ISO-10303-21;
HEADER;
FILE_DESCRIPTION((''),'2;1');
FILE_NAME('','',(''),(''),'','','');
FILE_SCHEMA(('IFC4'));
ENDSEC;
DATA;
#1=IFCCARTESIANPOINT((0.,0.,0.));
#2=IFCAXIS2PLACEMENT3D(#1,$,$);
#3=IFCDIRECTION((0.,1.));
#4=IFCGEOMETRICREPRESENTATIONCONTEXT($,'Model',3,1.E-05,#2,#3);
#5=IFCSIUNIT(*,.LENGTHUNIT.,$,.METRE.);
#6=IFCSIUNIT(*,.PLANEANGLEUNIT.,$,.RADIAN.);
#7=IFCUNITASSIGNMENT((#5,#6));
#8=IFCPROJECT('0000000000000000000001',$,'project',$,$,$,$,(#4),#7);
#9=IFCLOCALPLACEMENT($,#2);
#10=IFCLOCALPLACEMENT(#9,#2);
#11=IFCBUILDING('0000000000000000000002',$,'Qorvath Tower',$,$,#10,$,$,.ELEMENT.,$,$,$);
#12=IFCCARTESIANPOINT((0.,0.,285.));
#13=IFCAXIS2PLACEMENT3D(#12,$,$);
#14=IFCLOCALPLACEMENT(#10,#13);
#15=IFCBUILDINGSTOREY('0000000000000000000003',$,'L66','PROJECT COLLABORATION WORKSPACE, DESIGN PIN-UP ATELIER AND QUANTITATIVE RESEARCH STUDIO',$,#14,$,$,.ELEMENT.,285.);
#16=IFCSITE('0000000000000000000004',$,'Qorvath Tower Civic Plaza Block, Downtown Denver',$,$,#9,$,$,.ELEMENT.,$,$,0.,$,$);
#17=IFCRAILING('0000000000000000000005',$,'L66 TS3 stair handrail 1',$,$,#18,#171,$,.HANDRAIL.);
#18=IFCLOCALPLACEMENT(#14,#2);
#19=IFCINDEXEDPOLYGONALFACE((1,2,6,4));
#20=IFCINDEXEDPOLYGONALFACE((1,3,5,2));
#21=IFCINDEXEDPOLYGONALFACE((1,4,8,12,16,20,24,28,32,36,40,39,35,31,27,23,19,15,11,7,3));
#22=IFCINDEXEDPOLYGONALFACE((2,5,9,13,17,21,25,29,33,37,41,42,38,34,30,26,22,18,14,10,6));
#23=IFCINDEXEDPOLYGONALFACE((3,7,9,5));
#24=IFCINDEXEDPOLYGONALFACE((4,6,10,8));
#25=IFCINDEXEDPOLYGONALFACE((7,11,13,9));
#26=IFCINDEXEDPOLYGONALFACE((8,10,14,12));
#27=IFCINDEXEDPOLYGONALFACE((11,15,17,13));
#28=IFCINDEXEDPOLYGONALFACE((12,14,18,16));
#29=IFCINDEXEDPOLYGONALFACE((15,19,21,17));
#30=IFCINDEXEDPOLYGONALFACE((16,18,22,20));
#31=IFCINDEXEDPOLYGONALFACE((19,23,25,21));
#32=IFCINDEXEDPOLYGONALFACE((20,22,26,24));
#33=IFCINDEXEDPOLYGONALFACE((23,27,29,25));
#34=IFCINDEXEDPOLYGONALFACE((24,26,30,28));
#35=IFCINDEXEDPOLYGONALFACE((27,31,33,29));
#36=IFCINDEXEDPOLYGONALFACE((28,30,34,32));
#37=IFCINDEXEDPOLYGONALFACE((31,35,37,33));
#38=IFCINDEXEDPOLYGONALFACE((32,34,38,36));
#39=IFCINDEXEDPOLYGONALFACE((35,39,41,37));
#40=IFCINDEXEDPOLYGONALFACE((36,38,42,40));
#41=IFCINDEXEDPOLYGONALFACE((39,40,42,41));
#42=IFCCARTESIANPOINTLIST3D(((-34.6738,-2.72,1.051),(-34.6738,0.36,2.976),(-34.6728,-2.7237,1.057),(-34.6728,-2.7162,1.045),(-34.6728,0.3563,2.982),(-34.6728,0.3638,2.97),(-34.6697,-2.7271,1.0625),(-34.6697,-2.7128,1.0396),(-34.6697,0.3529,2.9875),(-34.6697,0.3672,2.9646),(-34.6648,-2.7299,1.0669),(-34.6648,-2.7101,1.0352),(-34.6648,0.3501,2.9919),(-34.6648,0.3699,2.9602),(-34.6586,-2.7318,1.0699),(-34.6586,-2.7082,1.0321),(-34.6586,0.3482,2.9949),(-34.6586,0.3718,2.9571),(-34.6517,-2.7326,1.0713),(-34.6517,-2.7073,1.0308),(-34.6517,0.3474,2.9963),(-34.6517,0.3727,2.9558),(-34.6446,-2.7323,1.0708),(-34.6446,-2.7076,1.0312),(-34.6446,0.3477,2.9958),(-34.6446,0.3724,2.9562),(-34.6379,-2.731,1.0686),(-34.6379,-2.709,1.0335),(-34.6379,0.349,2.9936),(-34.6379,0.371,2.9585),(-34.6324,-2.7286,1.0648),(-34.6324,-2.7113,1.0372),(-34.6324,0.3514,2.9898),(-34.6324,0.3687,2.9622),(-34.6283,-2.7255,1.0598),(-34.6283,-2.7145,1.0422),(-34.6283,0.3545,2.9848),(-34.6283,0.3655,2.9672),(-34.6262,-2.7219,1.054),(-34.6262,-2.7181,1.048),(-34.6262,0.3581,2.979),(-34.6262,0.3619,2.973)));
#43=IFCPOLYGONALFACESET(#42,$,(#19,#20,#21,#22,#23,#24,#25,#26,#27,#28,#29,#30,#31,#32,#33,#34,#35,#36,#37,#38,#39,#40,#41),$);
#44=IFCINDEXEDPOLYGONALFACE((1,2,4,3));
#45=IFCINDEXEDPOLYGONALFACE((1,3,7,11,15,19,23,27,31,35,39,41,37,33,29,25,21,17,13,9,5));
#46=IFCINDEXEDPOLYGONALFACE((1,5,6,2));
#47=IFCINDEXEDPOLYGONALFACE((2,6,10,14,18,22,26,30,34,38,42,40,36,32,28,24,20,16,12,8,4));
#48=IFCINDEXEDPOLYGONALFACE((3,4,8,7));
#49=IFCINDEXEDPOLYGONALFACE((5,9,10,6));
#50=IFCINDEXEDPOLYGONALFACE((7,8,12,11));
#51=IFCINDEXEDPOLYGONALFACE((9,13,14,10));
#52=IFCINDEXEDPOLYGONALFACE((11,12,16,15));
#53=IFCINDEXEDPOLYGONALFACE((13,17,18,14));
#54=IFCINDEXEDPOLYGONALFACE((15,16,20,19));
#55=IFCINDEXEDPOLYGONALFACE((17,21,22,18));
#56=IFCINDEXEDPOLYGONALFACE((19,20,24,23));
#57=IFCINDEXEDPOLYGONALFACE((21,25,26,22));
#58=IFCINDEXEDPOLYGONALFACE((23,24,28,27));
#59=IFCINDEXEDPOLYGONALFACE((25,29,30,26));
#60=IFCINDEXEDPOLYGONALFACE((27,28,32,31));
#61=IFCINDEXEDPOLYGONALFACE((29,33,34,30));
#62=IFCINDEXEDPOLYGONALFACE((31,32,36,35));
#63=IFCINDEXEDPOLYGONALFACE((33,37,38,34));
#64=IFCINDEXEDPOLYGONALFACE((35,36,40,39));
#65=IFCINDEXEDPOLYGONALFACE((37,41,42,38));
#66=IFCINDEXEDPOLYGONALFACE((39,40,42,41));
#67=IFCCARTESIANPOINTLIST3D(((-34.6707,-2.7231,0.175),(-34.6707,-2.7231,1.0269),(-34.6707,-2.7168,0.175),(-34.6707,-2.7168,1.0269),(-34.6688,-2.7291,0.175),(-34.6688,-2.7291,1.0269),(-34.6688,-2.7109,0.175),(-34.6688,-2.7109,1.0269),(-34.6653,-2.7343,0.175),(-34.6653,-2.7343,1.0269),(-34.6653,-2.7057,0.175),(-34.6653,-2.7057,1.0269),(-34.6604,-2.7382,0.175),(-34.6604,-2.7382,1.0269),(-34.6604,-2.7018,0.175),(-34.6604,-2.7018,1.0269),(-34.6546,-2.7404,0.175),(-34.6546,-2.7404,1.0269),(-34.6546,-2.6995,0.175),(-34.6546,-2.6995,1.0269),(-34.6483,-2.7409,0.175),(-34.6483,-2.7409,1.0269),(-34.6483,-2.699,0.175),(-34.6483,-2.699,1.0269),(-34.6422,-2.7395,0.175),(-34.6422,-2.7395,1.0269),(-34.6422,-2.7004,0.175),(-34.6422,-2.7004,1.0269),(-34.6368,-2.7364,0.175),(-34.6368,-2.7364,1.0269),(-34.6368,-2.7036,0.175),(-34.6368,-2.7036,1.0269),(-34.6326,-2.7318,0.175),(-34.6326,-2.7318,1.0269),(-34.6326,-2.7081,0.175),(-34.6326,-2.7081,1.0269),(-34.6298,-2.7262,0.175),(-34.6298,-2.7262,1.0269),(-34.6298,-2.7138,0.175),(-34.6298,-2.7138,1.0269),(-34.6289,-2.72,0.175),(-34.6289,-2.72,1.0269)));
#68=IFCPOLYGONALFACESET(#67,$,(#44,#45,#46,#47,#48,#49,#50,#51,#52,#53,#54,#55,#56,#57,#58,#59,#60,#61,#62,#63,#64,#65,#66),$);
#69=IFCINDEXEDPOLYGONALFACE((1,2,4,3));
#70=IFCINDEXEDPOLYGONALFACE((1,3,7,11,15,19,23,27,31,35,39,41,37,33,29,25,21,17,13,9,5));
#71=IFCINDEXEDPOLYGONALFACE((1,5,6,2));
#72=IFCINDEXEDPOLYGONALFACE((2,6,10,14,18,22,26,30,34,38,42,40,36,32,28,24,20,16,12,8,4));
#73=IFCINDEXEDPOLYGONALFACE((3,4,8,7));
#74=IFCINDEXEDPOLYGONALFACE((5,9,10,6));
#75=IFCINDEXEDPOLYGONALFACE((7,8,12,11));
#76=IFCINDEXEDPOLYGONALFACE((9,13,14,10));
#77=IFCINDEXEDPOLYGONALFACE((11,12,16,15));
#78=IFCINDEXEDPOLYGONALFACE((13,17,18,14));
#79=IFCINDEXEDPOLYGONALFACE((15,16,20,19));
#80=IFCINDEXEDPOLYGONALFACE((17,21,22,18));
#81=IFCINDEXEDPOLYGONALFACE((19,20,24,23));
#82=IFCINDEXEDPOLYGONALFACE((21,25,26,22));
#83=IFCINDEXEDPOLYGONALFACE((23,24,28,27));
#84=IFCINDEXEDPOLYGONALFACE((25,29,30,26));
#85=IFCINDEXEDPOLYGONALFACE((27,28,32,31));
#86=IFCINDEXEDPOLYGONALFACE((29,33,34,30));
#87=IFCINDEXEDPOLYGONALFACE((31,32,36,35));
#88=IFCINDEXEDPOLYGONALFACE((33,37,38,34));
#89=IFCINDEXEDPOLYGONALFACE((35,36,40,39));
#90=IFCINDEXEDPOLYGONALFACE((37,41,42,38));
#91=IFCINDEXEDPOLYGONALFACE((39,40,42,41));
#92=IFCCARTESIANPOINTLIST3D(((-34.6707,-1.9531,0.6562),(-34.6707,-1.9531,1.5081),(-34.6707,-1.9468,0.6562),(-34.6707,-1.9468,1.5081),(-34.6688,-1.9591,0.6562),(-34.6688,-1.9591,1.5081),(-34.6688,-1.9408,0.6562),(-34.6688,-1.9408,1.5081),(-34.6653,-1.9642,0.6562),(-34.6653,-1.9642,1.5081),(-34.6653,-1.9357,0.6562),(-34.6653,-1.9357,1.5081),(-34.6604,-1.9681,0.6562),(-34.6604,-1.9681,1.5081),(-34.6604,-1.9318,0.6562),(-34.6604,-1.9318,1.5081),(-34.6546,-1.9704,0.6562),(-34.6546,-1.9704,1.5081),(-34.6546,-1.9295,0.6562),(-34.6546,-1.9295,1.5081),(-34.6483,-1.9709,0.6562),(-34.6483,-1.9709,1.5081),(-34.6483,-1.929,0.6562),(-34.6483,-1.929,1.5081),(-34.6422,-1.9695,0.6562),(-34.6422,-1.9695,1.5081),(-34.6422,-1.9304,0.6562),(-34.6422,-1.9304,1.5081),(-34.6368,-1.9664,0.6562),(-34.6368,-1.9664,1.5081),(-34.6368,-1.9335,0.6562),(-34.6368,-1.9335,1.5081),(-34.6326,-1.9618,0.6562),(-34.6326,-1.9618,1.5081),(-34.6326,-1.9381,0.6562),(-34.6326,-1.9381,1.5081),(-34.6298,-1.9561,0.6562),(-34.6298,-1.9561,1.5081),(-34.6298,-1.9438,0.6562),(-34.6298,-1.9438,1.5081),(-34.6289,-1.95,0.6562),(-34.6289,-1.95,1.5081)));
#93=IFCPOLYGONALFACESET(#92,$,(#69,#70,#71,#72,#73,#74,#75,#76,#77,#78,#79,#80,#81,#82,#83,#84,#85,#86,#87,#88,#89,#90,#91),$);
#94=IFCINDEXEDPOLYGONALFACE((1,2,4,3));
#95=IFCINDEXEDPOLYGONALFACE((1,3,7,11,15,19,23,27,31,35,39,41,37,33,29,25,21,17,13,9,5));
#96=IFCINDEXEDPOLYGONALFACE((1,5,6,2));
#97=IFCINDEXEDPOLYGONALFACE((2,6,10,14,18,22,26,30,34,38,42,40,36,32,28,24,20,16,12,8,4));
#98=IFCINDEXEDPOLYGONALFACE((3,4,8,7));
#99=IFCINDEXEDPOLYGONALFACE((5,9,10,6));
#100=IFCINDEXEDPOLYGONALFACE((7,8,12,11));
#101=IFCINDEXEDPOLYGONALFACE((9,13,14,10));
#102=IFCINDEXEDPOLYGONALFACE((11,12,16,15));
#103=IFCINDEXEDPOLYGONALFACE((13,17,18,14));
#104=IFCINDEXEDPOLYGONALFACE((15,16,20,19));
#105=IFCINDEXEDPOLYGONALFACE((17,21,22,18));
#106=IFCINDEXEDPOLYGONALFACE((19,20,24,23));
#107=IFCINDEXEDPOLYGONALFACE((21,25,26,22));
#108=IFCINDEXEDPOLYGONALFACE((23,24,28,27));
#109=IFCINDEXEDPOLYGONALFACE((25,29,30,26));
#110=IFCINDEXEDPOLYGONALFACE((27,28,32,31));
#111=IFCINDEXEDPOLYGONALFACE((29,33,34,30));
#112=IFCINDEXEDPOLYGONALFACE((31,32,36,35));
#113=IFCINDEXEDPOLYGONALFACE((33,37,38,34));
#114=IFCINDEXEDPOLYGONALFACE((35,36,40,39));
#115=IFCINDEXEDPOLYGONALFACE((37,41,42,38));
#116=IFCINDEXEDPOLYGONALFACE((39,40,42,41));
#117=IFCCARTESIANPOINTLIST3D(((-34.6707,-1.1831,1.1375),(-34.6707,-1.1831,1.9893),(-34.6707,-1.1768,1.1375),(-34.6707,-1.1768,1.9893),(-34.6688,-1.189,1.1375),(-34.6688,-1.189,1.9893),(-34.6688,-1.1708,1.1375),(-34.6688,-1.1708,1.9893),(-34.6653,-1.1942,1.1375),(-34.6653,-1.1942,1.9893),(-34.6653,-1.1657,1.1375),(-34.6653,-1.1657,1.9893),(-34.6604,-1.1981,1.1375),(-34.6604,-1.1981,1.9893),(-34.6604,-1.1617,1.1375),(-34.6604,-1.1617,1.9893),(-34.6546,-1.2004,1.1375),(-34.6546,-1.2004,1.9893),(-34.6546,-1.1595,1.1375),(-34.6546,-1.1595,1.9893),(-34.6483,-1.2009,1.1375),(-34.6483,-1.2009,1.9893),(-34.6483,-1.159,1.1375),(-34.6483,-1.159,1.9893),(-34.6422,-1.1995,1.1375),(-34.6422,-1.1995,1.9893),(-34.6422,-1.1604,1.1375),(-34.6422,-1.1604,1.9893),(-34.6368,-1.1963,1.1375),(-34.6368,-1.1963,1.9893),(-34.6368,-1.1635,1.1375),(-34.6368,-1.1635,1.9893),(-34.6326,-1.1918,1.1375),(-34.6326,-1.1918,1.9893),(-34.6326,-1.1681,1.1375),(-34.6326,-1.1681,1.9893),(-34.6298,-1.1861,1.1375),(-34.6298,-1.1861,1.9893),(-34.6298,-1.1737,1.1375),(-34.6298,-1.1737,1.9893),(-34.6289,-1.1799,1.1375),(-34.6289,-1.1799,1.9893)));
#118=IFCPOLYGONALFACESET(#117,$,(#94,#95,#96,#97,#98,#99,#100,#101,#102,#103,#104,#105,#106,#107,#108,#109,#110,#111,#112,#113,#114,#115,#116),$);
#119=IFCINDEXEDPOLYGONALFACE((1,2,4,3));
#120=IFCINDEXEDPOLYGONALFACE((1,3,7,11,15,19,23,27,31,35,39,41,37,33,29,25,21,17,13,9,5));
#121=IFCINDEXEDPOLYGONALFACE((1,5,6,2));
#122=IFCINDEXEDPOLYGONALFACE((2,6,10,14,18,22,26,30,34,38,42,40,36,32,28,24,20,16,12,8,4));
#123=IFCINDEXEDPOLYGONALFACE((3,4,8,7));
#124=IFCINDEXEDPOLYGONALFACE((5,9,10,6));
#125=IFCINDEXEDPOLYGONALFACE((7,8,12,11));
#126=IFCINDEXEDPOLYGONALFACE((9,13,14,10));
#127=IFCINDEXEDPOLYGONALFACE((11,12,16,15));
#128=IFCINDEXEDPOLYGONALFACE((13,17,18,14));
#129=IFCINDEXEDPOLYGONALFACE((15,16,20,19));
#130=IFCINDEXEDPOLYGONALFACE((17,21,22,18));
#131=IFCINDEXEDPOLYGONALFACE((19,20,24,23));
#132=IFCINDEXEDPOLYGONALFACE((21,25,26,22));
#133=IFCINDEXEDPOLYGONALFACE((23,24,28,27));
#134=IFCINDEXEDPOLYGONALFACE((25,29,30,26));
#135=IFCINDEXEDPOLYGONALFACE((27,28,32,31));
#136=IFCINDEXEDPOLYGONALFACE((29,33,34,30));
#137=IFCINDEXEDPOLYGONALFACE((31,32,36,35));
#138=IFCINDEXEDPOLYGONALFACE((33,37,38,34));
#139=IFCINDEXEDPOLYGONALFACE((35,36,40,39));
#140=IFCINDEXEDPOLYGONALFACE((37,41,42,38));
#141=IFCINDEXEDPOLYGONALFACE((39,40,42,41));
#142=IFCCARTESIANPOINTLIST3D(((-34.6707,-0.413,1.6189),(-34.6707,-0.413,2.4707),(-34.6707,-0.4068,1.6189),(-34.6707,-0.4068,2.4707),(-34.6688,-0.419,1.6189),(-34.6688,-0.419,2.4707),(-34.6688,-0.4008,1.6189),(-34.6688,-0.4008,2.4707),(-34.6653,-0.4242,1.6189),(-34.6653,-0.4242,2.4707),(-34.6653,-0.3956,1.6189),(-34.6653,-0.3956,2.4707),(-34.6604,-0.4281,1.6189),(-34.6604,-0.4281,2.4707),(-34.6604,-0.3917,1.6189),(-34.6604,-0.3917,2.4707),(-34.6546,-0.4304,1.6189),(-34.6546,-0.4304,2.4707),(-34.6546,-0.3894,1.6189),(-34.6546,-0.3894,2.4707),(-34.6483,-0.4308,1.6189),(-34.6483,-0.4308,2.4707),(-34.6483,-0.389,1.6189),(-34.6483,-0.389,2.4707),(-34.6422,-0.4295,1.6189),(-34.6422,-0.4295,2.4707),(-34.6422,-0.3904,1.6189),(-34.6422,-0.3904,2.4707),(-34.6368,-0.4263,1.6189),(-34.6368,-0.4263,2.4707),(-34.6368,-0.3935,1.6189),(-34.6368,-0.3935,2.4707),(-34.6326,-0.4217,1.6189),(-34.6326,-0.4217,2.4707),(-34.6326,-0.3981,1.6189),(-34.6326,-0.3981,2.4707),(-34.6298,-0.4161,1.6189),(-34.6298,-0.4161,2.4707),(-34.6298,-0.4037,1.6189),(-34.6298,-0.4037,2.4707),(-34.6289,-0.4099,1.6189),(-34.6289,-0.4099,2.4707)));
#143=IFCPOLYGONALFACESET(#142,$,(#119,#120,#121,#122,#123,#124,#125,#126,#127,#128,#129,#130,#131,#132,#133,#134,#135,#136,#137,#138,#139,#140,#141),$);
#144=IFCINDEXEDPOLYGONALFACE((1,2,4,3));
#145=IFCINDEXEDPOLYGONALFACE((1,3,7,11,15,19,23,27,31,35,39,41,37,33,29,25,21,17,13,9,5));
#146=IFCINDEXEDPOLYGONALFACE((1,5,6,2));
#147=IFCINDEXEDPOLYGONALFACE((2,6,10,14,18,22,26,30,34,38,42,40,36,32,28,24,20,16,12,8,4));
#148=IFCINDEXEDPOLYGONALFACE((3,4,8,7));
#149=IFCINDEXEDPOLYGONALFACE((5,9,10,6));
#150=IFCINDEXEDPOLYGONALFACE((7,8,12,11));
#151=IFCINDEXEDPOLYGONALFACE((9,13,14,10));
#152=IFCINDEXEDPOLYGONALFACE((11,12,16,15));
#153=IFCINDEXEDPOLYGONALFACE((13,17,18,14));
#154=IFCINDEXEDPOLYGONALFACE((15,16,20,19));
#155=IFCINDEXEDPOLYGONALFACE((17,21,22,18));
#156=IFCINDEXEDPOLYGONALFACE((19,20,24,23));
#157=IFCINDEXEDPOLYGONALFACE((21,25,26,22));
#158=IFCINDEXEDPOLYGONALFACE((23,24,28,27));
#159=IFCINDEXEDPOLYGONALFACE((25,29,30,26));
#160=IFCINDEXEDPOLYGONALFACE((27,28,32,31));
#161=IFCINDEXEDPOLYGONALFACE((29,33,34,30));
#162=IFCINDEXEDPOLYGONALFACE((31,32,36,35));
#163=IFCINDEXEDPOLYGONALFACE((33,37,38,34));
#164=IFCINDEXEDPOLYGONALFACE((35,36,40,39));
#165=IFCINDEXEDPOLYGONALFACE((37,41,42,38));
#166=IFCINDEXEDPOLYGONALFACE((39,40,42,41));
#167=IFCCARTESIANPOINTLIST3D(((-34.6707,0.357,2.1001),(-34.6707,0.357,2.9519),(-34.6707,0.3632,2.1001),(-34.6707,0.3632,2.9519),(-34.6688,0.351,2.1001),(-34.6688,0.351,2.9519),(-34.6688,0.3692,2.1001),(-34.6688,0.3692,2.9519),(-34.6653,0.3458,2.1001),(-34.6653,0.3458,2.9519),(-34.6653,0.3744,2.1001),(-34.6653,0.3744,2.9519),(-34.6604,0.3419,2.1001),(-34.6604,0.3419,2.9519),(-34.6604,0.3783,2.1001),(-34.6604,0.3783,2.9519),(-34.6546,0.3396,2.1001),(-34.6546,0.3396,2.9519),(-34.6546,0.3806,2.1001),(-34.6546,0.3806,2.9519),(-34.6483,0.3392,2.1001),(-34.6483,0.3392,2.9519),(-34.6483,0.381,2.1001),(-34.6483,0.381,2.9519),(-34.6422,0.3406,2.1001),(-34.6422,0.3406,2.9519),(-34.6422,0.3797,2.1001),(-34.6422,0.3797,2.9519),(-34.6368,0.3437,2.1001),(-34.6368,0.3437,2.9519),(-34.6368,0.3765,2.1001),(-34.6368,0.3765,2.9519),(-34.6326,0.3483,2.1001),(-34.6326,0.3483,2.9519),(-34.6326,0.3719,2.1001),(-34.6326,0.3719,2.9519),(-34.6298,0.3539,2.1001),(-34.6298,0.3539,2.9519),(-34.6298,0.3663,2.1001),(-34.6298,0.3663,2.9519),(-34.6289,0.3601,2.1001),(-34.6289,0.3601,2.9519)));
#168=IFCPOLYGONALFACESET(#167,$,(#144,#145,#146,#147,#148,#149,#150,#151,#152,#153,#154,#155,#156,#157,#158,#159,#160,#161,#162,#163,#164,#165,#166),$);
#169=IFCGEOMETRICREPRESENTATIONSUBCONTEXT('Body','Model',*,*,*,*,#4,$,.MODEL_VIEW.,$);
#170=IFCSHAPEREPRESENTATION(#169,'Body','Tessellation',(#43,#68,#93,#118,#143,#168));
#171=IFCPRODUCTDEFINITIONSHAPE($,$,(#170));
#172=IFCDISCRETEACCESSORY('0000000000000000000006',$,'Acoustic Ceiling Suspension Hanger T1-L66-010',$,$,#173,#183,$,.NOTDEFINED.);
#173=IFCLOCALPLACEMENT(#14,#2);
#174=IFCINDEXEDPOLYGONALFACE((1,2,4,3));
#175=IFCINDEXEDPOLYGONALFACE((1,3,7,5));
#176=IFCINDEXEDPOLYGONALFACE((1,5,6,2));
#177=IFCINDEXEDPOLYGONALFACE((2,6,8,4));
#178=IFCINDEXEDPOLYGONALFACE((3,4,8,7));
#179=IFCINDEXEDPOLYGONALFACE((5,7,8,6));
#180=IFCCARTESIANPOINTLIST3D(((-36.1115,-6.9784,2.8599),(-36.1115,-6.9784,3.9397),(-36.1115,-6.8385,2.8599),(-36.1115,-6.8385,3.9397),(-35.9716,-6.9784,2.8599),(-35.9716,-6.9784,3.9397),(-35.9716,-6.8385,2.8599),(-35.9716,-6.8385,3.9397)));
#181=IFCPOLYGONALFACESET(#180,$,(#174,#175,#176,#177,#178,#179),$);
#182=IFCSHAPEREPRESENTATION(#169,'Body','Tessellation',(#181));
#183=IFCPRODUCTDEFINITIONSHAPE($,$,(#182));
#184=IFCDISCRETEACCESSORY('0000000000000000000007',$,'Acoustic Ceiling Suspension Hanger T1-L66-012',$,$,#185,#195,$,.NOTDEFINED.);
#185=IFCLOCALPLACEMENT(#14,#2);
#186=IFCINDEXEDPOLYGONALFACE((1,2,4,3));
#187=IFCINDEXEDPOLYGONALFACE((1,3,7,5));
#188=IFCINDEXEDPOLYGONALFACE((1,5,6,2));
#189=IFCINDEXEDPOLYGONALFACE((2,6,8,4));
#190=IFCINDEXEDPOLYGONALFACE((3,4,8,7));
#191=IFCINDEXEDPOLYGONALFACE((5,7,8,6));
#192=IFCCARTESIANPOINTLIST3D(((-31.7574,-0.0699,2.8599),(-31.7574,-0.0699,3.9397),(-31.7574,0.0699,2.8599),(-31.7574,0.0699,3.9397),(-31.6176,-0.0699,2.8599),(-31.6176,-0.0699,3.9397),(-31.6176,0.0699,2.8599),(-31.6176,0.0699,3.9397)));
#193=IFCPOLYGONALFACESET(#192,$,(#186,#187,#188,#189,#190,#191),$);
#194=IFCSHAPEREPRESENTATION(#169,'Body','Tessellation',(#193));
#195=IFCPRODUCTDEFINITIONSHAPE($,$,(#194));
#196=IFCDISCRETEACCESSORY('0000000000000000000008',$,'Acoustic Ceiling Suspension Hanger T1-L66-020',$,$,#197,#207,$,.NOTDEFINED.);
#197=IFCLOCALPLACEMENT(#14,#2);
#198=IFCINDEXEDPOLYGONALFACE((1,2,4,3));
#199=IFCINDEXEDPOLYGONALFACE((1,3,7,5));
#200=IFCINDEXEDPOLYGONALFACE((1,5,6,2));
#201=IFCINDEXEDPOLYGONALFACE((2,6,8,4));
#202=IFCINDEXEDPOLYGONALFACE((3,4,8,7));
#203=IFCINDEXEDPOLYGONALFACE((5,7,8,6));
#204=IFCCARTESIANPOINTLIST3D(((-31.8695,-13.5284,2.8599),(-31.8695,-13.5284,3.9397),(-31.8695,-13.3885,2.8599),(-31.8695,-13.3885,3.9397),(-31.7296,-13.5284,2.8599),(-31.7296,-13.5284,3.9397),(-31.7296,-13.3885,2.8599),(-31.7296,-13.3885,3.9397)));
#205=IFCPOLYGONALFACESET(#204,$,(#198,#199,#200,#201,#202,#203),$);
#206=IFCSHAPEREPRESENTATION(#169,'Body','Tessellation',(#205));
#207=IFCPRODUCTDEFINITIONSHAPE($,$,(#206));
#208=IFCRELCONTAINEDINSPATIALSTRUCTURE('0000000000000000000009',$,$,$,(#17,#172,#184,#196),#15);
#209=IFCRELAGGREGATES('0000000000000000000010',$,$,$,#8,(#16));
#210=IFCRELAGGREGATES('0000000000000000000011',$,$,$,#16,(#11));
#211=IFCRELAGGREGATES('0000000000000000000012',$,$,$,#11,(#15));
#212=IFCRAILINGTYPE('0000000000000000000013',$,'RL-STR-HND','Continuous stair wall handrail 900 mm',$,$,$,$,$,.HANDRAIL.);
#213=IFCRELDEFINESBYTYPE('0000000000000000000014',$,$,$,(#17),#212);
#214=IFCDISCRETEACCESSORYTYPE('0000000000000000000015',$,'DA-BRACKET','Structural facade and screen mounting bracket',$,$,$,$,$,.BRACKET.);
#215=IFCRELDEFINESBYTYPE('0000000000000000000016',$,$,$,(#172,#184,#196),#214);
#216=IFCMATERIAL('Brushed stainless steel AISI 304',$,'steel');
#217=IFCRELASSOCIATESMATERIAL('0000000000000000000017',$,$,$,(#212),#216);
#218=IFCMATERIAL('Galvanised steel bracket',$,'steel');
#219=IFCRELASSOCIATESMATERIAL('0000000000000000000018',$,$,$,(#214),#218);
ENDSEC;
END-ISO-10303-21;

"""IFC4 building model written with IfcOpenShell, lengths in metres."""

from ifc_helpers import new_model, si_unit, direction, frame, origin, origin_2d, place, context, subcontext, project, spatial, rectangle, circle, extrude, material, type_object, element, save


model = new_model("IFC4")

# Units and contexts
model_context = context("Model", 3, precision=1e-05, world=origin(), true_north=direction((0.0, 1.0)))
body_context = subcontext(model_context, "Body", "Model", "MODEL_VIEW")
ifc_project = project(units=[si_unit("LENGTHUNIT", "METRE"), si_unit("PLANEANGLEUNIT", "RADIAN")], contexts=[model_context])

# Site, building, storey
site_placement = place(None, origin())
site = spatial("IfcSite", under=ifc_project, at=site_placement, Name="Qorvath Tower Civic Plaza Block, Downtown Denver", CompositionType="ELEMENT", RefElevation=0.0)
building_placement = place(site_placement, origin())
building = spatial("IfcBuilding", under=site, at=building_placement, Name="Qorvath Tower", CompositionType="ELEMENT")
storey_placement = place(building_placement, frame((0.0, 0.0, 285.0)))
storey = spatial("IfcBuildingStorey", under=building, at=storey_placement, Name="L66", Description="PROJECT COLLABORATION WORKSPACE, DESIGN PIN-UP ATELIER AND QUANTITATIVE RESEARCH STUDIO", CompositionType="ELEMENT", Elevation=285.0)

# Railing
ifc_material_1 = material(Name="Brushed stainless steel AISI 304", Category="steel")
railing_type_1 = type_object("IfcRailingType", Name="RL-STR-HND", Description="Continuous stair wall handrail 900 mm", PredefinedType="HANDRAIL", material=ifc_material_1)
railing_1_placement = place(storey_placement, frame((-34.6499, -2.72, 0.175)))
element("IfcRailing", 1, at=railing_1_placement, inside=storey, type_object=railing_type_1, Name="L66 TS3 stair handrail 1", PredefinedType="HANDRAIL", context=body_context, shape_type="SweptSolid", body=[
    extrude(circle(Radius=0.0239, at=origin_2d()), frame((0.0, 0.0, 0.876), z_axis=(0.0, 0.847998, 0.529999), x_axis=(-1.0, 0.0, 0.0)), (0.0, 0.0, 1.0), 3.6321),
    extrude(circle(Radius=0.021, at=origin_2d()), origin(), (0.0, 0.0, 1.0), 0.8518),
    extrude(circle(Radius=0.021, at=origin_2d()), frame((0.0, 0.77, 0.4812)), (0.0, 0.0, 1.0), 0.8518),
    extrude(circle(Radius=0.021, at=origin_2d()), frame((0.0, 1.54, 0.9624)), (0.0, 0.0, 1.0), 0.8518),
    extrude(circle(Radius=0.021, at=origin_2d()), frame((0.0, 2.3101, 1.4438)), (0.0, 0.0, 1.0), 0.8518),
    extrude(circle(Radius=0.021, at=origin_2d()), frame((0.0, 3.0801, 1.925)), (0.0, 0.0, 1.0), 0.8518),
])

# Discrete accessories
ifc_material_2 = material(Name="Galvanised steel bracket", Category="steel")
discrete_accessory_type = type_object("IfcDiscreteAccessoryType", Name="DA-BRACKET", Description="Structural facade and screen mounting bracket", PredefinedType="BRACKET", material=ifc_material_2)
for number, where, z_axis, x_axis, name in (
    (2, (-36.0415, -6.9084, 2.8599), (0.0, 0.0, 1.0), (1.0, 0.0, 0.0), "Acoustic Ceiling Suspension Hanger T1-L66-010"),
    (3, (-31.6875, 0.0, 2.8599), (0.0, 0.0, 1.0), (1.0, 0.0, 0.0), "Acoustic Ceiling Suspension Hanger T1-L66-012"),
    (4, (-31.7996, -13.4585, 2.8599), (0.0, 0.0, 1.0), (1.0, 0.0, 0.0), "Acoustic Ceiling Suspension Hanger T1-L66-020"),
):
    element("IfcDiscreteAccessory", number, at=place(storey_placement, frame(where, z_axis=z_axis, x_axis=x_axis)), inside=storey, type_object=discrete_accessory_type, Name=name, PredefinedType="NOTDEFINED", context=body_context, shape_type="SweptSolid", body=[
        extrude(rectangle(XDim=0.1399, YDim=0.1399, at=origin_2d()), origin(), (0.0, 0.0, 1.0), 1.0798),
    ])

save(model, "model.ifc")
